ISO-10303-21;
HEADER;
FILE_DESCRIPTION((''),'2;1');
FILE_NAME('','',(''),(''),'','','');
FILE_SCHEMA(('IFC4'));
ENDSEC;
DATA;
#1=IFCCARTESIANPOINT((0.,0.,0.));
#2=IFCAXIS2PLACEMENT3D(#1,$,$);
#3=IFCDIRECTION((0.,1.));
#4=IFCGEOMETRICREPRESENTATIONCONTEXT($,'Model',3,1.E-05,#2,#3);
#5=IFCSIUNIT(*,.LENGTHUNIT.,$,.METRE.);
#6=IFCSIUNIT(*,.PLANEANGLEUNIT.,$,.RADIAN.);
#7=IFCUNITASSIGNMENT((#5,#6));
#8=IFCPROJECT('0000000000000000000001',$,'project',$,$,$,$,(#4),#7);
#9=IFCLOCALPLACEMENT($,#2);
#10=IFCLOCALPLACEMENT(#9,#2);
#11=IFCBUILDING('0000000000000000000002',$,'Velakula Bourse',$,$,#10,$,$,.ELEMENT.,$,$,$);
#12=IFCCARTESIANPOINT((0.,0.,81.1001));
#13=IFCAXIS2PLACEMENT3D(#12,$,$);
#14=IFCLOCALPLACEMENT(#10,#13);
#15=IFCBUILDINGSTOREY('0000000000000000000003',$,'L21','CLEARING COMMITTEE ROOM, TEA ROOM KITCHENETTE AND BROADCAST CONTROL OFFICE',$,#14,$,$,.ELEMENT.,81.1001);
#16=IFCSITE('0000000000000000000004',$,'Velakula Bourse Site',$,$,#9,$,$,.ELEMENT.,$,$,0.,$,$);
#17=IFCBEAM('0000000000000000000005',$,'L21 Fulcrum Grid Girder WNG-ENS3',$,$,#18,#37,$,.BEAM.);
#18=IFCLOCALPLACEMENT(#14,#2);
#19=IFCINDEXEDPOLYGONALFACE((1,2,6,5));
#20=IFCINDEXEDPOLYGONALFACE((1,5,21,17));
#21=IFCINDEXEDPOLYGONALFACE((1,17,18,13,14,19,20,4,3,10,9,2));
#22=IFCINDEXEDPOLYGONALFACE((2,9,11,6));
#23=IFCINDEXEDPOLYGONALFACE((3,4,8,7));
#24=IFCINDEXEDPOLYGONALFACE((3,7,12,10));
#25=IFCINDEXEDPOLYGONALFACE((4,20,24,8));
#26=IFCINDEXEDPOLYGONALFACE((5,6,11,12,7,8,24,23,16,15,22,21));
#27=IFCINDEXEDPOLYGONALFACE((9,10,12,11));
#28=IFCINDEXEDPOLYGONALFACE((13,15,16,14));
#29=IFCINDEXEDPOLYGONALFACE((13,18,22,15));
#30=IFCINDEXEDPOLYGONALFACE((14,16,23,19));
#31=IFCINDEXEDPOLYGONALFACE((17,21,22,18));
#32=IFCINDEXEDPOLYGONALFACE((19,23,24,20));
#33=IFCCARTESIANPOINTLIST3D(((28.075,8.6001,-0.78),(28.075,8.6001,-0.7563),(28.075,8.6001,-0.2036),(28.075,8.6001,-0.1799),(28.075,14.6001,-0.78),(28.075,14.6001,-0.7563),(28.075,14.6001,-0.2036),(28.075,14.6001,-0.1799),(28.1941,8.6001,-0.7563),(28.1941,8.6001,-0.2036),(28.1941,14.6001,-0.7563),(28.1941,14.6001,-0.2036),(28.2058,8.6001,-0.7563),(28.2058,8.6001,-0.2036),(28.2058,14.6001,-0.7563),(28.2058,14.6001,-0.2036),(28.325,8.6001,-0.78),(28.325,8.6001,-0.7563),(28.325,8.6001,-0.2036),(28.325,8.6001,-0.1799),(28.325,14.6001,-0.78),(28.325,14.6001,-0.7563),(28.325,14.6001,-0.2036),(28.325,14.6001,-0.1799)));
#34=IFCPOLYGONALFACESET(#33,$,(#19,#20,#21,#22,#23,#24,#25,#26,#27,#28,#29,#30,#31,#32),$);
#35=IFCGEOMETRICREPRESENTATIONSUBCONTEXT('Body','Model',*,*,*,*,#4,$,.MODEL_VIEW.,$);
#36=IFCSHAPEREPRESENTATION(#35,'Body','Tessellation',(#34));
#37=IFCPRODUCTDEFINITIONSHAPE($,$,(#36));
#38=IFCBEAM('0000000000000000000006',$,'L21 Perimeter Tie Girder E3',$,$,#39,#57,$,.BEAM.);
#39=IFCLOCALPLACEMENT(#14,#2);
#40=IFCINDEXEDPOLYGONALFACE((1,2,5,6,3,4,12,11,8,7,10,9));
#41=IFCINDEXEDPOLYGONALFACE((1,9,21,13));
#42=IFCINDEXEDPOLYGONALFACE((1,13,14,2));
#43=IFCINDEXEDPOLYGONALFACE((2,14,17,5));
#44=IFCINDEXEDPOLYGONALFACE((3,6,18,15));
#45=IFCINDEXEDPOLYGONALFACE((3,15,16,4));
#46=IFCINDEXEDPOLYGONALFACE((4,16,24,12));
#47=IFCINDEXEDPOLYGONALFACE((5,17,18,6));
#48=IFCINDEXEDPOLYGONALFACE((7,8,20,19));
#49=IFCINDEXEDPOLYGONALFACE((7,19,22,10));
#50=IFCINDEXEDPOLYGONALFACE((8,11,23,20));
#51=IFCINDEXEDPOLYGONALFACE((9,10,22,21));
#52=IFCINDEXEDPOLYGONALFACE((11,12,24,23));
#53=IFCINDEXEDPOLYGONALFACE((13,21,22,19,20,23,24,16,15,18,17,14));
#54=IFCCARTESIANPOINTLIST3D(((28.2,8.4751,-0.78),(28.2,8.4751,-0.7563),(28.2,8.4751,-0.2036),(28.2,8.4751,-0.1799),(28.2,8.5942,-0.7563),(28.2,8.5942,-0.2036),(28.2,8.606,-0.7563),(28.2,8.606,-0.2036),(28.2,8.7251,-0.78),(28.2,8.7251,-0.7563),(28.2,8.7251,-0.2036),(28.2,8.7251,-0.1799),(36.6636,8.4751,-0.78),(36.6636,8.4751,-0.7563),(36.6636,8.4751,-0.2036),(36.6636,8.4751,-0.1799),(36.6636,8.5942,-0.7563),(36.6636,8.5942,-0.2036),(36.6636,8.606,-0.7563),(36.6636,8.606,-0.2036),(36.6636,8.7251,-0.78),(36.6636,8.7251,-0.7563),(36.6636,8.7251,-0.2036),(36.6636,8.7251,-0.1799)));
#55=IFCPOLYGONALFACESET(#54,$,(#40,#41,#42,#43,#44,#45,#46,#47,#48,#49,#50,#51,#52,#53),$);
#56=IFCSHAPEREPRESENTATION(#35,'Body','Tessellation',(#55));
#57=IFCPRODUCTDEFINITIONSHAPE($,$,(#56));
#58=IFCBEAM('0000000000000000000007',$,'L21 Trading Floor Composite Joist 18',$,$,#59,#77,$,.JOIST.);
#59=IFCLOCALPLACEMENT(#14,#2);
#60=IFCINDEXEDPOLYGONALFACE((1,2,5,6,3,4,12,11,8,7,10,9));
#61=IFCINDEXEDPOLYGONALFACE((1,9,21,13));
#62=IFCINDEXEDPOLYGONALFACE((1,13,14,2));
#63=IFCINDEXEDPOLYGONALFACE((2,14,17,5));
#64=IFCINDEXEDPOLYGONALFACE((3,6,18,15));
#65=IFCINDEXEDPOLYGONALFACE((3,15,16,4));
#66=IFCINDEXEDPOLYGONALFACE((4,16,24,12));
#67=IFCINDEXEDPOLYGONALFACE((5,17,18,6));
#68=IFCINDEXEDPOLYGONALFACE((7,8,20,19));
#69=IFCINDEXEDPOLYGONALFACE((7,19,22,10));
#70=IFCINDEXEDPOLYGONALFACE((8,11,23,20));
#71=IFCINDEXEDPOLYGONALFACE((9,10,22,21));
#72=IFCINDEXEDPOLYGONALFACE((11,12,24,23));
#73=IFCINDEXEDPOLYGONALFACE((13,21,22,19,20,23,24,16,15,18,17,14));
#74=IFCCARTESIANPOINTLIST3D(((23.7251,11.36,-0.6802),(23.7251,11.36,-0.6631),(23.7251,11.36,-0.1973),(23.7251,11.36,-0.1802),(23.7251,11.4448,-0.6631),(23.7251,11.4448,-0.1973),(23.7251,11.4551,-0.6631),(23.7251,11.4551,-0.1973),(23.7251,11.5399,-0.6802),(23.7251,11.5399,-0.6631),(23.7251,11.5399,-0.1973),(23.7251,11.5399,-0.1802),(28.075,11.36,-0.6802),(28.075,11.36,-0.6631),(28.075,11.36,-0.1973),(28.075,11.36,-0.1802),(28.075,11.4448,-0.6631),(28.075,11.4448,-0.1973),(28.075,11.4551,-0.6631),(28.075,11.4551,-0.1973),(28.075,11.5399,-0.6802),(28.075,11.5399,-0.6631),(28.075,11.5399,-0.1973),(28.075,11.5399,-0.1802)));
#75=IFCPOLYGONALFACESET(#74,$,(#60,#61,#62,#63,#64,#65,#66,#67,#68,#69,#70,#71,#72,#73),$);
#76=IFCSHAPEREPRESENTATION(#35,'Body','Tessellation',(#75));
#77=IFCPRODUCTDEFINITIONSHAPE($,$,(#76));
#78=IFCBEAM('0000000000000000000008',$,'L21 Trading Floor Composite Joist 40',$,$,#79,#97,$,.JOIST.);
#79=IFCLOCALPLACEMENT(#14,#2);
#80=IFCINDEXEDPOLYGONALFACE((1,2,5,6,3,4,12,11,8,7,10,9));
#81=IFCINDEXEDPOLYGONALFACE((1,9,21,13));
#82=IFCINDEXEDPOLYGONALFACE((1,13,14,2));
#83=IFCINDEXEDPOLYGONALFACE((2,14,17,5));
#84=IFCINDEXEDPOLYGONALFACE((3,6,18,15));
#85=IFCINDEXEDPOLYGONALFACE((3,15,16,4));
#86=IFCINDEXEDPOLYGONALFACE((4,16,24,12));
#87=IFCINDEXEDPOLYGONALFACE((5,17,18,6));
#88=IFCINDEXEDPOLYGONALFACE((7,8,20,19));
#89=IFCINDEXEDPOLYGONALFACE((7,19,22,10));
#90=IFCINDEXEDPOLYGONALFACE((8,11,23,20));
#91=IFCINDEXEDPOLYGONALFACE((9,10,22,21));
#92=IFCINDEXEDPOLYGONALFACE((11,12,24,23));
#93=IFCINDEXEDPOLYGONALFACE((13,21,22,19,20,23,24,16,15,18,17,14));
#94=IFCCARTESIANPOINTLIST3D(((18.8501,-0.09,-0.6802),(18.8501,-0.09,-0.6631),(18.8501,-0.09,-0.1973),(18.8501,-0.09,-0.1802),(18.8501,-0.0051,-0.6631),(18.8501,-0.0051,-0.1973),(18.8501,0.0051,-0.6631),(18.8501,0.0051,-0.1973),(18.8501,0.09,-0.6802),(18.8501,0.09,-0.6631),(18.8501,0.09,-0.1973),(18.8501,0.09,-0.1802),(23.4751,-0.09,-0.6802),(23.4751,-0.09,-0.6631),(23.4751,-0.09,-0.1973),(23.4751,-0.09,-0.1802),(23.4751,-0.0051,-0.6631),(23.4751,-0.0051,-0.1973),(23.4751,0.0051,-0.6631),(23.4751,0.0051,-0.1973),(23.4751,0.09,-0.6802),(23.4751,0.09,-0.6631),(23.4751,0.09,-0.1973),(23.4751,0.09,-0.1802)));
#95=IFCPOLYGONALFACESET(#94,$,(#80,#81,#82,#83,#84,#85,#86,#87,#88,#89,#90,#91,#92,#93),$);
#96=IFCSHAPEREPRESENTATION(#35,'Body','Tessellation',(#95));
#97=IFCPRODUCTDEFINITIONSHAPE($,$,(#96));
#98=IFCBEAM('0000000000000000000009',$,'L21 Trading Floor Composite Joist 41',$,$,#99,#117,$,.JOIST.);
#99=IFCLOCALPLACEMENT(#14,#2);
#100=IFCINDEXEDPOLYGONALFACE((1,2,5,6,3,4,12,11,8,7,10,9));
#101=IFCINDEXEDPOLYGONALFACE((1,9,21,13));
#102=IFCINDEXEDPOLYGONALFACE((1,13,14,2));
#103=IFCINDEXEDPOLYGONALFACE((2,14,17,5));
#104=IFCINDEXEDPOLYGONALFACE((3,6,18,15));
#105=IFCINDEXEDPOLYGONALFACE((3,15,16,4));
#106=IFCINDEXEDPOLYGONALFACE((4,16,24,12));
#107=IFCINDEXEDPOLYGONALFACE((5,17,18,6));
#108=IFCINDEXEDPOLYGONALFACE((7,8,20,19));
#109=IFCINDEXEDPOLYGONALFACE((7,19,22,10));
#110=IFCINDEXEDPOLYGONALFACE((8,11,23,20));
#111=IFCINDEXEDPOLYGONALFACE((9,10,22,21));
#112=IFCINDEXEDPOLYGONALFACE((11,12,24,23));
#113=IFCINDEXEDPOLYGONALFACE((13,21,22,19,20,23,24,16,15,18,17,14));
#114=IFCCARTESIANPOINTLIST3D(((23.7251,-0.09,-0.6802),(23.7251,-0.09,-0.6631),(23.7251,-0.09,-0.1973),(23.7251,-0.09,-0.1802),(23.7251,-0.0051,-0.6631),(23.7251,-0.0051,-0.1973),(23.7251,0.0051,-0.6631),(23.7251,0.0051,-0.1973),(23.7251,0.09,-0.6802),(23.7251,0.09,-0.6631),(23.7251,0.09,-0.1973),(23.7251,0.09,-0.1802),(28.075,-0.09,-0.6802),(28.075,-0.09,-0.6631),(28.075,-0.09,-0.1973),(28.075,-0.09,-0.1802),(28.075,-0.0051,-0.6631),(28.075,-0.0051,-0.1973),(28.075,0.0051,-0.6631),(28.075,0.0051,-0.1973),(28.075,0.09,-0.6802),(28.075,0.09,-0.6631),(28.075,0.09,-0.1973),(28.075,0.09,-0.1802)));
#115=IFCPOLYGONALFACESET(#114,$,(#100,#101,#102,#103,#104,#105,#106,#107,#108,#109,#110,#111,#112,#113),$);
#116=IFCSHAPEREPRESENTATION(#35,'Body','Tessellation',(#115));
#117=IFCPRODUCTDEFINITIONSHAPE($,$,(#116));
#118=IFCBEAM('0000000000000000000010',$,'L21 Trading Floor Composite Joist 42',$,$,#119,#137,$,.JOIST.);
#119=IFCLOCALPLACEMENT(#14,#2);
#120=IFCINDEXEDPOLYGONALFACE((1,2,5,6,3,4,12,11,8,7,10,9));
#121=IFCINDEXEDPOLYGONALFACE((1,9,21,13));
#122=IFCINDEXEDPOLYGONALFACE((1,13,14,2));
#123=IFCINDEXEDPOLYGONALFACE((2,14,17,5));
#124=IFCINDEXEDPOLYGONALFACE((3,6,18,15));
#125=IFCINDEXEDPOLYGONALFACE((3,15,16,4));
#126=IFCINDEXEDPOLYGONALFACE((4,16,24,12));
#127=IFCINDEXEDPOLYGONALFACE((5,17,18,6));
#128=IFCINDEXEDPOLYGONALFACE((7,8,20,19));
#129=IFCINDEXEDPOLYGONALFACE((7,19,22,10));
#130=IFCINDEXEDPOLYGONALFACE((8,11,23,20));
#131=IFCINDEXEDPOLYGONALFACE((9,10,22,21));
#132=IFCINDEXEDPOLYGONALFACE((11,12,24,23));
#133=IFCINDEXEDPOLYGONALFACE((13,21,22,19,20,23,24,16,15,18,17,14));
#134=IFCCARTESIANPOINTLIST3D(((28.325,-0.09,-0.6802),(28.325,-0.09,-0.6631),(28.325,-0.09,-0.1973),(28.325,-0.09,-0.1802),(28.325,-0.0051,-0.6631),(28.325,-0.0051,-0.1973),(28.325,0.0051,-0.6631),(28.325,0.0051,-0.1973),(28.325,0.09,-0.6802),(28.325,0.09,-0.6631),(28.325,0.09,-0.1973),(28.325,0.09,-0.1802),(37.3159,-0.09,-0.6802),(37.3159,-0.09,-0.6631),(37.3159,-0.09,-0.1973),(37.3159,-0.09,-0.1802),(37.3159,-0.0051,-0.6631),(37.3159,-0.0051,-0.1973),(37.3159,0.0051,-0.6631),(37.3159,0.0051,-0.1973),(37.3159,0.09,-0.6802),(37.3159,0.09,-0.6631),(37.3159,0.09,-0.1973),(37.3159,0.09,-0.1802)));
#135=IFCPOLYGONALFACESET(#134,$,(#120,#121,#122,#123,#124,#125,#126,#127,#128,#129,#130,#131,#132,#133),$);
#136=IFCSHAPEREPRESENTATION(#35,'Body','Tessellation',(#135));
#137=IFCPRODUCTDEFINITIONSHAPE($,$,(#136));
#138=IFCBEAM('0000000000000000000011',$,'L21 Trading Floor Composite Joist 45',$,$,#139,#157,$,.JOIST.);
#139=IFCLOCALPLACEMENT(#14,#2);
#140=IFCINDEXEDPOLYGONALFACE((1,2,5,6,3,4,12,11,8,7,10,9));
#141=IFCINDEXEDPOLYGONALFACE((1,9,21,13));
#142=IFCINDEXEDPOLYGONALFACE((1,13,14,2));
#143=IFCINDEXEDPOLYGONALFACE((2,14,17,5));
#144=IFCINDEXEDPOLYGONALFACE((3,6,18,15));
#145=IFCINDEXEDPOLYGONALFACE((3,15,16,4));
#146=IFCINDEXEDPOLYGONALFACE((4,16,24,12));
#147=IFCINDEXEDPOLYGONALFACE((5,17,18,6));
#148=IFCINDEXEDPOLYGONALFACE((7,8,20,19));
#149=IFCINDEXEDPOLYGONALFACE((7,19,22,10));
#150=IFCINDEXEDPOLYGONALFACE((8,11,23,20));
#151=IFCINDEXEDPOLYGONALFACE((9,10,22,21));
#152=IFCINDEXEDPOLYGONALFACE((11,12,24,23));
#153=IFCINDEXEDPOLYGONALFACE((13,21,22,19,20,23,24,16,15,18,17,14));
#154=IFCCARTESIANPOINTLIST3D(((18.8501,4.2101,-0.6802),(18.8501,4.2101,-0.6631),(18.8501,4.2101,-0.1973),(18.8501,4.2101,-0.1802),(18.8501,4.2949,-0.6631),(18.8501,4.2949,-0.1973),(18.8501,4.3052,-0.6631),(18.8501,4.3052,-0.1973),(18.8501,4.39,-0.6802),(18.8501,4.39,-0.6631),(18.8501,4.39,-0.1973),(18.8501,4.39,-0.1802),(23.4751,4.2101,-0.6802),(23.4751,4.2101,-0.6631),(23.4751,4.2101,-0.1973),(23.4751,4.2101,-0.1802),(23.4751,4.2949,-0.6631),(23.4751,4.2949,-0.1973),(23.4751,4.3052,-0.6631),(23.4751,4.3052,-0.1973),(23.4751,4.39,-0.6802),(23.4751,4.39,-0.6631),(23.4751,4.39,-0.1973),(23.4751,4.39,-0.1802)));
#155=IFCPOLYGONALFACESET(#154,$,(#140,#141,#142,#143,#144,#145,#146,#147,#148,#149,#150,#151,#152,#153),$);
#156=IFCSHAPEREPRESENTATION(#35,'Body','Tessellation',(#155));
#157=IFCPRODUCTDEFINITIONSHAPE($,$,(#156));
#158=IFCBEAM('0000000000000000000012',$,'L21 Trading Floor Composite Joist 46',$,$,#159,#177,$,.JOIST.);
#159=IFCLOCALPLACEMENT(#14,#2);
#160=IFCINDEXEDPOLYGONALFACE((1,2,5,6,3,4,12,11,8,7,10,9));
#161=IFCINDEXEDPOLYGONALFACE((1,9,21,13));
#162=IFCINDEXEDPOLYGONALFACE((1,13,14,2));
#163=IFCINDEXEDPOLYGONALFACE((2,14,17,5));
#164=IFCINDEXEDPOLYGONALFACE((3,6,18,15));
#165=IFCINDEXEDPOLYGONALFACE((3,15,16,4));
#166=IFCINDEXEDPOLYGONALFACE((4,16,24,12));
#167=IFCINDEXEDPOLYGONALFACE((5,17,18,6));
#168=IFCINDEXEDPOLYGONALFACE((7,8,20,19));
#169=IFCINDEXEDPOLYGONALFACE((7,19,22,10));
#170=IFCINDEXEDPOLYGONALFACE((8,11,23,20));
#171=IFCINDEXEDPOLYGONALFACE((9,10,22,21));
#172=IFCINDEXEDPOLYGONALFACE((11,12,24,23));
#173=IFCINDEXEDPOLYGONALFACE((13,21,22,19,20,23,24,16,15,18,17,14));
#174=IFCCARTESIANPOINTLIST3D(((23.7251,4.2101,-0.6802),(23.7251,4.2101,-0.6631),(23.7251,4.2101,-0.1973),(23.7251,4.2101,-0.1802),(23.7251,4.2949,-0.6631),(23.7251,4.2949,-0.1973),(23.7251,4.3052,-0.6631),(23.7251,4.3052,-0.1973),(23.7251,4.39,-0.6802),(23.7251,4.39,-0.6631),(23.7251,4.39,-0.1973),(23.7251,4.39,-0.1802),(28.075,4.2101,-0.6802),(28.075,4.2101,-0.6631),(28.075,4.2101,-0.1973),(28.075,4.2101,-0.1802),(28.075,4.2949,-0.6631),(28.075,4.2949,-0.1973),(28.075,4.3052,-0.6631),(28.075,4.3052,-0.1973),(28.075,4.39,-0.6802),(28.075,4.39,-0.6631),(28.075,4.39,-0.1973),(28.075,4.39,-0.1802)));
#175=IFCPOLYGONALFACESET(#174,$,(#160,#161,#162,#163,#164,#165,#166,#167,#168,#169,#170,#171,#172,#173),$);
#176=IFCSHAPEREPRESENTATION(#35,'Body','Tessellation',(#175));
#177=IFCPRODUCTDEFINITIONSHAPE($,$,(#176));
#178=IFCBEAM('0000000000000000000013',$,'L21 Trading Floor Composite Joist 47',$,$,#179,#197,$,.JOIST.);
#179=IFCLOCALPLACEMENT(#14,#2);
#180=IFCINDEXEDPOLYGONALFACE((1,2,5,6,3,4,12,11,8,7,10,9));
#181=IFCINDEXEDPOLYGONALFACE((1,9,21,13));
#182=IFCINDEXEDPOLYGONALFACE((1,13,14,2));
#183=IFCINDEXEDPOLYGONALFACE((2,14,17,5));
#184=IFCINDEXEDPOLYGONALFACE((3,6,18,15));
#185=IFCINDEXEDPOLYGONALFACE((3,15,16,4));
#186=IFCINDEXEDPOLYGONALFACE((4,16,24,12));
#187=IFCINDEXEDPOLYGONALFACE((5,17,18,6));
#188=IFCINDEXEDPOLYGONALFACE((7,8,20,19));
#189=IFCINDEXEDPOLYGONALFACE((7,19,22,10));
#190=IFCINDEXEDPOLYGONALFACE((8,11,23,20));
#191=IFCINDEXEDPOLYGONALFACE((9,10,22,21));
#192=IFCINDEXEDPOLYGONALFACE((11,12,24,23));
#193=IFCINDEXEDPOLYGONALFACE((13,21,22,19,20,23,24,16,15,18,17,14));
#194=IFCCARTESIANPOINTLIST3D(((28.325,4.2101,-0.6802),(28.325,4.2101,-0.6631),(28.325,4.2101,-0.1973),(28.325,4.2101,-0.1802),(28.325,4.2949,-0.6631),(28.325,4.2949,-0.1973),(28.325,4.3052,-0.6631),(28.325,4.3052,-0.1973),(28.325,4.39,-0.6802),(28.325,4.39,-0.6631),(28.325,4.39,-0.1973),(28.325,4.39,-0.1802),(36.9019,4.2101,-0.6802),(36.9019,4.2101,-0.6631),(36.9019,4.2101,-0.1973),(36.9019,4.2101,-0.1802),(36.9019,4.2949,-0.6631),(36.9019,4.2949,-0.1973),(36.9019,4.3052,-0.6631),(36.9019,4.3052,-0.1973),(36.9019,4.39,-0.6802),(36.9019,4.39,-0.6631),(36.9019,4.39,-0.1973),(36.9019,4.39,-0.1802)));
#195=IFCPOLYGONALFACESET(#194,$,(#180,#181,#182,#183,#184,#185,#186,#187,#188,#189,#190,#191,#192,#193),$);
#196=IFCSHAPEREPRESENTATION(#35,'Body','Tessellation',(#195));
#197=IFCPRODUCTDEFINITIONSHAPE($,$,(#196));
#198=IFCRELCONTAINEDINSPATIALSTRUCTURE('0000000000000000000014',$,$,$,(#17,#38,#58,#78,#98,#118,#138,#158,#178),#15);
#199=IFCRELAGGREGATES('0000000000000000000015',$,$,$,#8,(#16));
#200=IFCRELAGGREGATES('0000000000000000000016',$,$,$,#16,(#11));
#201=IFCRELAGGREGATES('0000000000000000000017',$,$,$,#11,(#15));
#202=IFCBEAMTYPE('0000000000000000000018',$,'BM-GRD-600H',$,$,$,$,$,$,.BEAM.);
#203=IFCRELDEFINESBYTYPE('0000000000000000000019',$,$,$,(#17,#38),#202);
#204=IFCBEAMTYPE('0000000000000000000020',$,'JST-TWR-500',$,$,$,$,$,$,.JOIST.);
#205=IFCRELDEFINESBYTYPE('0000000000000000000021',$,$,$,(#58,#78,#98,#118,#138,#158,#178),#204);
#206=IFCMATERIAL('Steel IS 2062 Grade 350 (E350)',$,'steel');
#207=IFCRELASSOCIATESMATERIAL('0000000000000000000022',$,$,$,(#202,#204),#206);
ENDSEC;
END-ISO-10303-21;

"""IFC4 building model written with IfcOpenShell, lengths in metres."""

from ifc_helpers import new_model, si_unit, direction, frame, origin, origin_2d, place, context, subcontext, project, spatial, i_section, extrude, material, material_profile, profile_set, type_object, element, save


model = new_model("IFC4")

# Units and contexts
model_context = context("Model", 3, precision=1e-05, world=origin(), true_north=direction((0.0, 1.0)))
body_context = subcontext(model_context, "Body", "Model", "MODEL_VIEW")
ifc_project = project(units=[si_unit("LENGTHUNIT", "METRE"), si_unit("PLANEANGLEUNIT", "RADIAN")], contexts=[model_context])

# Site, building, storey
site_placement = place(None, origin())
site = spatial("IfcSite", under=ifc_project, at=site_placement, Name="Velakula Bourse Site", CompositionType="ELEMENT", RefElevation=0.0)
building_placement = place(site_placement, origin())
building = spatial("IfcBuilding", under=site, at=building_placement, Name="Velakula Bourse", CompositionType="ELEMENT")
storey_placement = place(building_placement, frame((0.0, 0.0, 81.1001)))
storey = spatial("IfcBuildingStorey", under=building, at=storey_placement, Name="L21", Description="CLEARING COMMITTEE ROOM, TEA ROOM KITCHENETTE AND BROADCAST CONTROL OFFICE", CompositionType="ELEMENT", Elevation=81.1001)

# Beams
ifc_material_1 = material(Name="Steel IS 2062 Grade 350 (E350)", Category="steel")
ifc_material_profile_1 = material_profile(ifc_material_1, i_section(OverallWidth=0.25, OverallDepth=0.6001, WebThickness=0.0117, FlangeThickness=0.0237, at=origin_2d()), Name="Steel IS 2062 Grade 350 (E350)")
ifc_profile_set_1 = profile_set([ifc_material_profile_1], Name="Steel IS 2062 Grade 350 (E350)")
beam_type_1 = type_object("IfcBeamType", Name="BM-GRD-600H", PredefinedType="BEAM", material=ifc_profile_set_1)
beam_1_placement = place(storey_placement, frame((28.2, 8.6001, -0.48), z_axis=(0.0, 1.0, 0.0), x_axis=(-1.0, 0.0, 0.0)))
element("IfcBeam", 1, at=beam_1_placement, inside=storey, type_object=beam_type_1, Name="L21 Fulcrum Grid Girder WNG-ENS3", PredefinedType="BEAM", context=body_context, shape_type="SweptSolid", body=[
    extrude(i_section(OverallWidth=0.25, OverallDepth=0.6001, WebThickness=0.0117, FlangeThickness=0.0237, at=origin_2d()), origin(), (0.0, 0.0, 1.0), 6.0),
])
beam_2_placement = place(storey_placement, frame((28.2, 8.6001, -0.48), z_axis=(1.0, 0.0, 0.0), x_axis=(0.0, 1.0, 0.0)))
element("IfcBeam", 2, at=beam_2_placement, inside=storey, type_object=beam_type_1, Name="L21 Perimeter Tie Girder E3", PredefinedType="BEAM", context=body_context, shape_type="SweptSolid", body=[
    extrude(i_section(OverallWidth=0.25, OverallDepth=0.6001, WebThickness=0.0117, FlangeThickness=0.0237, at=origin_2d()), origin(), (0.0, 0.0, 1.0), 8.4636),
])
ifc_material_profile_2 = material_profile(ifc_material_1, i_section(OverallWidth=0.1799, OverallDepth=0.5, WebThickness=0.0103, FlangeThickness=0.0171, at=origin_2d()), Name="Steel IS 2062 Grade 350 (E350)")
ifc_profile_set_2 = profile_set([ifc_material_profile_2], Name="Steel IS 2062 Grade 350 (E350)")
beam_type_2 = type_object("IfcBeamType", Name="JST-TWR-500", PredefinedType="JOIST", material=ifc_profile_set_2)
beam_3_placement = place(storey_placement, frame((23.7251, 11.45, -0.4302), z_axis=(1.0, 0.0, 0.0), x_axis=(0.0, 1.0, 0.0)))
element("IfcBeam", 3, at=beam_3_placement, inside=storey, type_object=beam_type_2, Name="L21 Trading Floor Composite Joist 18", PredefinedType="JOIST", context=body_context, shape_type="SweptSolid", body=[
    extrude(i_section(OverallWidth=0.1799, OverallDepth=0.5, WebThickness=0.0103, FlangeThickness=0.0171, at=origin_2d()), origin(), (0.0, 0.0, 1.0), 4.3499),
])
beam_4_placement = place(storey_placement, frame((18.8501, 0.0, -0.4302), z_axis=(1.0, 0.0, 0.0), x_axis=(0.0, 1.0, 0.0)))
element("IfcBeam", 4, at=beam_4_placement, inside=storey, type_object=beam_type_2, Name="L21 Trading Floor Composite Joist 40", PredefinedType="JOIST", context=body_context, shape_type="SweptSolid", body=[
    extrude(i_section(OverallWidth=0.1799, OverallDepth=0.5, WebThickness=0.0103, FlangeThickness=0.0171, at=origin_2d()), origin(), (0.0, 0.0, 1.0), 4.625),
])
beam_5_placement = place(storey_placement, frame((23.7251, 0.0, -0.4302), z_axis=(1.0, 0.0, 0.0), x_axis=(0.0, 1.0, 0.0)))
element("IfcBeam", 5, at=beam_5_placement, inside=storey, type_object=beam_type_2, Name="L21 Trading Floor Composite Joist 41", PredefinedType="JOIST", context=body_context, shape_type="SweptSolid", body=[
    extrude(i_section(OverallWidth=0.1799, OverallDepth=0.5, WebThickness=0.0103, FlangeThickness=0.0171, at=origin_2d()), origin(), (0.0, 0.0, 1.0), 4.3499),
])
beam_6_placement = place(storey_placement, frame((28.325, 0.0, -0.4302), z_axis=(1.0, 0.0, 0.0), x_axis=(0.0, 1.0, 0.0)))
element("IfcBeam", 6, at=beam_6_placement, inside=storey, type_object=beam_type_2, Name="L21 Trading Floor Composite Joist 42", PredefinedType="JOIST", context=body_context, shape_type="SweptSolid", body=[
    extrude(i_section(OverallWidth=0.1799, OverallDepth=0.5, WebThickness=0.0103, FlangeThickness=0.0171, at=origin_2d()), origin(), (0.0, 0.0, 1.0), 8.991),
])
beam_7_placement = place(storey_placement, frame((18.8501, 4.3, -0.4302), z_axis=(1.0, 0.0, 0.0), x_axis=(0.0, 1.0, 0.0)))
element("IfcBeam", 7, at=beam_7_placement, inside=storey, type_object=beam_type_2, Name="L21 Trading Floor Composite Joist 45", PredefinedType="JOIST", context=body_context, shape_type="SweptSolid", body=[
    extrude(i_section(OverallWidth=0.1799, OverallDepth=0.5, WebThickness=0.0103, FlangeThickness=0.0171, at=origin_2d()), origin(), (0.0, 0.0, 1.0), 4.625),
])
beam_8_placement = place(storey_placement, frame((23.7251, 4.3, -0.4302), z_axis=(1.0, 0.0, 0.0), x_axis=(0.0, 1.0, 0.0)))
element("IfcBeam", 8, at=beam_8_placement, inside=storey, type_object=beam_type_2, Name="L21 Trading Floor Composite Joist 46", PredefinedType="JOIST", context=body_context, shape_type="SweptSolid", body=[
    extrude(i_section(OverallWidth=0.1799, OverallDepth=0.5, WebThickness=0.0103, FlangeThickness=0.0171, at=origin_2d()), origin(), (0.0, 0.0, 1.0), 4.3499),
])
beam_9_placement = place(storey_placement, frame((28.325, 4.3, -0.4302), z_axis=(1.0, 0.0, 0.0), x_axis=(0.0, 1.0, 0.0)))
element("IfcBeam", 9, at=beam_9_placement, inside=storey, type_object=beam_type_2, Name="L21 Trading Floor Composite Joist 47", PredefinedType="JOIST", context=body_context, shape_type="SweptSolid", body=[
    extrude(i_section(OverallWidth=0.1799, OverallDepth=0.5, WebThickness=0.0103, FlangeThickness=0.0171, at=origin_2d()), origin(), (0.0, 0.0, 1.0), 8.5769),
])

save(model, "model.ifc")
